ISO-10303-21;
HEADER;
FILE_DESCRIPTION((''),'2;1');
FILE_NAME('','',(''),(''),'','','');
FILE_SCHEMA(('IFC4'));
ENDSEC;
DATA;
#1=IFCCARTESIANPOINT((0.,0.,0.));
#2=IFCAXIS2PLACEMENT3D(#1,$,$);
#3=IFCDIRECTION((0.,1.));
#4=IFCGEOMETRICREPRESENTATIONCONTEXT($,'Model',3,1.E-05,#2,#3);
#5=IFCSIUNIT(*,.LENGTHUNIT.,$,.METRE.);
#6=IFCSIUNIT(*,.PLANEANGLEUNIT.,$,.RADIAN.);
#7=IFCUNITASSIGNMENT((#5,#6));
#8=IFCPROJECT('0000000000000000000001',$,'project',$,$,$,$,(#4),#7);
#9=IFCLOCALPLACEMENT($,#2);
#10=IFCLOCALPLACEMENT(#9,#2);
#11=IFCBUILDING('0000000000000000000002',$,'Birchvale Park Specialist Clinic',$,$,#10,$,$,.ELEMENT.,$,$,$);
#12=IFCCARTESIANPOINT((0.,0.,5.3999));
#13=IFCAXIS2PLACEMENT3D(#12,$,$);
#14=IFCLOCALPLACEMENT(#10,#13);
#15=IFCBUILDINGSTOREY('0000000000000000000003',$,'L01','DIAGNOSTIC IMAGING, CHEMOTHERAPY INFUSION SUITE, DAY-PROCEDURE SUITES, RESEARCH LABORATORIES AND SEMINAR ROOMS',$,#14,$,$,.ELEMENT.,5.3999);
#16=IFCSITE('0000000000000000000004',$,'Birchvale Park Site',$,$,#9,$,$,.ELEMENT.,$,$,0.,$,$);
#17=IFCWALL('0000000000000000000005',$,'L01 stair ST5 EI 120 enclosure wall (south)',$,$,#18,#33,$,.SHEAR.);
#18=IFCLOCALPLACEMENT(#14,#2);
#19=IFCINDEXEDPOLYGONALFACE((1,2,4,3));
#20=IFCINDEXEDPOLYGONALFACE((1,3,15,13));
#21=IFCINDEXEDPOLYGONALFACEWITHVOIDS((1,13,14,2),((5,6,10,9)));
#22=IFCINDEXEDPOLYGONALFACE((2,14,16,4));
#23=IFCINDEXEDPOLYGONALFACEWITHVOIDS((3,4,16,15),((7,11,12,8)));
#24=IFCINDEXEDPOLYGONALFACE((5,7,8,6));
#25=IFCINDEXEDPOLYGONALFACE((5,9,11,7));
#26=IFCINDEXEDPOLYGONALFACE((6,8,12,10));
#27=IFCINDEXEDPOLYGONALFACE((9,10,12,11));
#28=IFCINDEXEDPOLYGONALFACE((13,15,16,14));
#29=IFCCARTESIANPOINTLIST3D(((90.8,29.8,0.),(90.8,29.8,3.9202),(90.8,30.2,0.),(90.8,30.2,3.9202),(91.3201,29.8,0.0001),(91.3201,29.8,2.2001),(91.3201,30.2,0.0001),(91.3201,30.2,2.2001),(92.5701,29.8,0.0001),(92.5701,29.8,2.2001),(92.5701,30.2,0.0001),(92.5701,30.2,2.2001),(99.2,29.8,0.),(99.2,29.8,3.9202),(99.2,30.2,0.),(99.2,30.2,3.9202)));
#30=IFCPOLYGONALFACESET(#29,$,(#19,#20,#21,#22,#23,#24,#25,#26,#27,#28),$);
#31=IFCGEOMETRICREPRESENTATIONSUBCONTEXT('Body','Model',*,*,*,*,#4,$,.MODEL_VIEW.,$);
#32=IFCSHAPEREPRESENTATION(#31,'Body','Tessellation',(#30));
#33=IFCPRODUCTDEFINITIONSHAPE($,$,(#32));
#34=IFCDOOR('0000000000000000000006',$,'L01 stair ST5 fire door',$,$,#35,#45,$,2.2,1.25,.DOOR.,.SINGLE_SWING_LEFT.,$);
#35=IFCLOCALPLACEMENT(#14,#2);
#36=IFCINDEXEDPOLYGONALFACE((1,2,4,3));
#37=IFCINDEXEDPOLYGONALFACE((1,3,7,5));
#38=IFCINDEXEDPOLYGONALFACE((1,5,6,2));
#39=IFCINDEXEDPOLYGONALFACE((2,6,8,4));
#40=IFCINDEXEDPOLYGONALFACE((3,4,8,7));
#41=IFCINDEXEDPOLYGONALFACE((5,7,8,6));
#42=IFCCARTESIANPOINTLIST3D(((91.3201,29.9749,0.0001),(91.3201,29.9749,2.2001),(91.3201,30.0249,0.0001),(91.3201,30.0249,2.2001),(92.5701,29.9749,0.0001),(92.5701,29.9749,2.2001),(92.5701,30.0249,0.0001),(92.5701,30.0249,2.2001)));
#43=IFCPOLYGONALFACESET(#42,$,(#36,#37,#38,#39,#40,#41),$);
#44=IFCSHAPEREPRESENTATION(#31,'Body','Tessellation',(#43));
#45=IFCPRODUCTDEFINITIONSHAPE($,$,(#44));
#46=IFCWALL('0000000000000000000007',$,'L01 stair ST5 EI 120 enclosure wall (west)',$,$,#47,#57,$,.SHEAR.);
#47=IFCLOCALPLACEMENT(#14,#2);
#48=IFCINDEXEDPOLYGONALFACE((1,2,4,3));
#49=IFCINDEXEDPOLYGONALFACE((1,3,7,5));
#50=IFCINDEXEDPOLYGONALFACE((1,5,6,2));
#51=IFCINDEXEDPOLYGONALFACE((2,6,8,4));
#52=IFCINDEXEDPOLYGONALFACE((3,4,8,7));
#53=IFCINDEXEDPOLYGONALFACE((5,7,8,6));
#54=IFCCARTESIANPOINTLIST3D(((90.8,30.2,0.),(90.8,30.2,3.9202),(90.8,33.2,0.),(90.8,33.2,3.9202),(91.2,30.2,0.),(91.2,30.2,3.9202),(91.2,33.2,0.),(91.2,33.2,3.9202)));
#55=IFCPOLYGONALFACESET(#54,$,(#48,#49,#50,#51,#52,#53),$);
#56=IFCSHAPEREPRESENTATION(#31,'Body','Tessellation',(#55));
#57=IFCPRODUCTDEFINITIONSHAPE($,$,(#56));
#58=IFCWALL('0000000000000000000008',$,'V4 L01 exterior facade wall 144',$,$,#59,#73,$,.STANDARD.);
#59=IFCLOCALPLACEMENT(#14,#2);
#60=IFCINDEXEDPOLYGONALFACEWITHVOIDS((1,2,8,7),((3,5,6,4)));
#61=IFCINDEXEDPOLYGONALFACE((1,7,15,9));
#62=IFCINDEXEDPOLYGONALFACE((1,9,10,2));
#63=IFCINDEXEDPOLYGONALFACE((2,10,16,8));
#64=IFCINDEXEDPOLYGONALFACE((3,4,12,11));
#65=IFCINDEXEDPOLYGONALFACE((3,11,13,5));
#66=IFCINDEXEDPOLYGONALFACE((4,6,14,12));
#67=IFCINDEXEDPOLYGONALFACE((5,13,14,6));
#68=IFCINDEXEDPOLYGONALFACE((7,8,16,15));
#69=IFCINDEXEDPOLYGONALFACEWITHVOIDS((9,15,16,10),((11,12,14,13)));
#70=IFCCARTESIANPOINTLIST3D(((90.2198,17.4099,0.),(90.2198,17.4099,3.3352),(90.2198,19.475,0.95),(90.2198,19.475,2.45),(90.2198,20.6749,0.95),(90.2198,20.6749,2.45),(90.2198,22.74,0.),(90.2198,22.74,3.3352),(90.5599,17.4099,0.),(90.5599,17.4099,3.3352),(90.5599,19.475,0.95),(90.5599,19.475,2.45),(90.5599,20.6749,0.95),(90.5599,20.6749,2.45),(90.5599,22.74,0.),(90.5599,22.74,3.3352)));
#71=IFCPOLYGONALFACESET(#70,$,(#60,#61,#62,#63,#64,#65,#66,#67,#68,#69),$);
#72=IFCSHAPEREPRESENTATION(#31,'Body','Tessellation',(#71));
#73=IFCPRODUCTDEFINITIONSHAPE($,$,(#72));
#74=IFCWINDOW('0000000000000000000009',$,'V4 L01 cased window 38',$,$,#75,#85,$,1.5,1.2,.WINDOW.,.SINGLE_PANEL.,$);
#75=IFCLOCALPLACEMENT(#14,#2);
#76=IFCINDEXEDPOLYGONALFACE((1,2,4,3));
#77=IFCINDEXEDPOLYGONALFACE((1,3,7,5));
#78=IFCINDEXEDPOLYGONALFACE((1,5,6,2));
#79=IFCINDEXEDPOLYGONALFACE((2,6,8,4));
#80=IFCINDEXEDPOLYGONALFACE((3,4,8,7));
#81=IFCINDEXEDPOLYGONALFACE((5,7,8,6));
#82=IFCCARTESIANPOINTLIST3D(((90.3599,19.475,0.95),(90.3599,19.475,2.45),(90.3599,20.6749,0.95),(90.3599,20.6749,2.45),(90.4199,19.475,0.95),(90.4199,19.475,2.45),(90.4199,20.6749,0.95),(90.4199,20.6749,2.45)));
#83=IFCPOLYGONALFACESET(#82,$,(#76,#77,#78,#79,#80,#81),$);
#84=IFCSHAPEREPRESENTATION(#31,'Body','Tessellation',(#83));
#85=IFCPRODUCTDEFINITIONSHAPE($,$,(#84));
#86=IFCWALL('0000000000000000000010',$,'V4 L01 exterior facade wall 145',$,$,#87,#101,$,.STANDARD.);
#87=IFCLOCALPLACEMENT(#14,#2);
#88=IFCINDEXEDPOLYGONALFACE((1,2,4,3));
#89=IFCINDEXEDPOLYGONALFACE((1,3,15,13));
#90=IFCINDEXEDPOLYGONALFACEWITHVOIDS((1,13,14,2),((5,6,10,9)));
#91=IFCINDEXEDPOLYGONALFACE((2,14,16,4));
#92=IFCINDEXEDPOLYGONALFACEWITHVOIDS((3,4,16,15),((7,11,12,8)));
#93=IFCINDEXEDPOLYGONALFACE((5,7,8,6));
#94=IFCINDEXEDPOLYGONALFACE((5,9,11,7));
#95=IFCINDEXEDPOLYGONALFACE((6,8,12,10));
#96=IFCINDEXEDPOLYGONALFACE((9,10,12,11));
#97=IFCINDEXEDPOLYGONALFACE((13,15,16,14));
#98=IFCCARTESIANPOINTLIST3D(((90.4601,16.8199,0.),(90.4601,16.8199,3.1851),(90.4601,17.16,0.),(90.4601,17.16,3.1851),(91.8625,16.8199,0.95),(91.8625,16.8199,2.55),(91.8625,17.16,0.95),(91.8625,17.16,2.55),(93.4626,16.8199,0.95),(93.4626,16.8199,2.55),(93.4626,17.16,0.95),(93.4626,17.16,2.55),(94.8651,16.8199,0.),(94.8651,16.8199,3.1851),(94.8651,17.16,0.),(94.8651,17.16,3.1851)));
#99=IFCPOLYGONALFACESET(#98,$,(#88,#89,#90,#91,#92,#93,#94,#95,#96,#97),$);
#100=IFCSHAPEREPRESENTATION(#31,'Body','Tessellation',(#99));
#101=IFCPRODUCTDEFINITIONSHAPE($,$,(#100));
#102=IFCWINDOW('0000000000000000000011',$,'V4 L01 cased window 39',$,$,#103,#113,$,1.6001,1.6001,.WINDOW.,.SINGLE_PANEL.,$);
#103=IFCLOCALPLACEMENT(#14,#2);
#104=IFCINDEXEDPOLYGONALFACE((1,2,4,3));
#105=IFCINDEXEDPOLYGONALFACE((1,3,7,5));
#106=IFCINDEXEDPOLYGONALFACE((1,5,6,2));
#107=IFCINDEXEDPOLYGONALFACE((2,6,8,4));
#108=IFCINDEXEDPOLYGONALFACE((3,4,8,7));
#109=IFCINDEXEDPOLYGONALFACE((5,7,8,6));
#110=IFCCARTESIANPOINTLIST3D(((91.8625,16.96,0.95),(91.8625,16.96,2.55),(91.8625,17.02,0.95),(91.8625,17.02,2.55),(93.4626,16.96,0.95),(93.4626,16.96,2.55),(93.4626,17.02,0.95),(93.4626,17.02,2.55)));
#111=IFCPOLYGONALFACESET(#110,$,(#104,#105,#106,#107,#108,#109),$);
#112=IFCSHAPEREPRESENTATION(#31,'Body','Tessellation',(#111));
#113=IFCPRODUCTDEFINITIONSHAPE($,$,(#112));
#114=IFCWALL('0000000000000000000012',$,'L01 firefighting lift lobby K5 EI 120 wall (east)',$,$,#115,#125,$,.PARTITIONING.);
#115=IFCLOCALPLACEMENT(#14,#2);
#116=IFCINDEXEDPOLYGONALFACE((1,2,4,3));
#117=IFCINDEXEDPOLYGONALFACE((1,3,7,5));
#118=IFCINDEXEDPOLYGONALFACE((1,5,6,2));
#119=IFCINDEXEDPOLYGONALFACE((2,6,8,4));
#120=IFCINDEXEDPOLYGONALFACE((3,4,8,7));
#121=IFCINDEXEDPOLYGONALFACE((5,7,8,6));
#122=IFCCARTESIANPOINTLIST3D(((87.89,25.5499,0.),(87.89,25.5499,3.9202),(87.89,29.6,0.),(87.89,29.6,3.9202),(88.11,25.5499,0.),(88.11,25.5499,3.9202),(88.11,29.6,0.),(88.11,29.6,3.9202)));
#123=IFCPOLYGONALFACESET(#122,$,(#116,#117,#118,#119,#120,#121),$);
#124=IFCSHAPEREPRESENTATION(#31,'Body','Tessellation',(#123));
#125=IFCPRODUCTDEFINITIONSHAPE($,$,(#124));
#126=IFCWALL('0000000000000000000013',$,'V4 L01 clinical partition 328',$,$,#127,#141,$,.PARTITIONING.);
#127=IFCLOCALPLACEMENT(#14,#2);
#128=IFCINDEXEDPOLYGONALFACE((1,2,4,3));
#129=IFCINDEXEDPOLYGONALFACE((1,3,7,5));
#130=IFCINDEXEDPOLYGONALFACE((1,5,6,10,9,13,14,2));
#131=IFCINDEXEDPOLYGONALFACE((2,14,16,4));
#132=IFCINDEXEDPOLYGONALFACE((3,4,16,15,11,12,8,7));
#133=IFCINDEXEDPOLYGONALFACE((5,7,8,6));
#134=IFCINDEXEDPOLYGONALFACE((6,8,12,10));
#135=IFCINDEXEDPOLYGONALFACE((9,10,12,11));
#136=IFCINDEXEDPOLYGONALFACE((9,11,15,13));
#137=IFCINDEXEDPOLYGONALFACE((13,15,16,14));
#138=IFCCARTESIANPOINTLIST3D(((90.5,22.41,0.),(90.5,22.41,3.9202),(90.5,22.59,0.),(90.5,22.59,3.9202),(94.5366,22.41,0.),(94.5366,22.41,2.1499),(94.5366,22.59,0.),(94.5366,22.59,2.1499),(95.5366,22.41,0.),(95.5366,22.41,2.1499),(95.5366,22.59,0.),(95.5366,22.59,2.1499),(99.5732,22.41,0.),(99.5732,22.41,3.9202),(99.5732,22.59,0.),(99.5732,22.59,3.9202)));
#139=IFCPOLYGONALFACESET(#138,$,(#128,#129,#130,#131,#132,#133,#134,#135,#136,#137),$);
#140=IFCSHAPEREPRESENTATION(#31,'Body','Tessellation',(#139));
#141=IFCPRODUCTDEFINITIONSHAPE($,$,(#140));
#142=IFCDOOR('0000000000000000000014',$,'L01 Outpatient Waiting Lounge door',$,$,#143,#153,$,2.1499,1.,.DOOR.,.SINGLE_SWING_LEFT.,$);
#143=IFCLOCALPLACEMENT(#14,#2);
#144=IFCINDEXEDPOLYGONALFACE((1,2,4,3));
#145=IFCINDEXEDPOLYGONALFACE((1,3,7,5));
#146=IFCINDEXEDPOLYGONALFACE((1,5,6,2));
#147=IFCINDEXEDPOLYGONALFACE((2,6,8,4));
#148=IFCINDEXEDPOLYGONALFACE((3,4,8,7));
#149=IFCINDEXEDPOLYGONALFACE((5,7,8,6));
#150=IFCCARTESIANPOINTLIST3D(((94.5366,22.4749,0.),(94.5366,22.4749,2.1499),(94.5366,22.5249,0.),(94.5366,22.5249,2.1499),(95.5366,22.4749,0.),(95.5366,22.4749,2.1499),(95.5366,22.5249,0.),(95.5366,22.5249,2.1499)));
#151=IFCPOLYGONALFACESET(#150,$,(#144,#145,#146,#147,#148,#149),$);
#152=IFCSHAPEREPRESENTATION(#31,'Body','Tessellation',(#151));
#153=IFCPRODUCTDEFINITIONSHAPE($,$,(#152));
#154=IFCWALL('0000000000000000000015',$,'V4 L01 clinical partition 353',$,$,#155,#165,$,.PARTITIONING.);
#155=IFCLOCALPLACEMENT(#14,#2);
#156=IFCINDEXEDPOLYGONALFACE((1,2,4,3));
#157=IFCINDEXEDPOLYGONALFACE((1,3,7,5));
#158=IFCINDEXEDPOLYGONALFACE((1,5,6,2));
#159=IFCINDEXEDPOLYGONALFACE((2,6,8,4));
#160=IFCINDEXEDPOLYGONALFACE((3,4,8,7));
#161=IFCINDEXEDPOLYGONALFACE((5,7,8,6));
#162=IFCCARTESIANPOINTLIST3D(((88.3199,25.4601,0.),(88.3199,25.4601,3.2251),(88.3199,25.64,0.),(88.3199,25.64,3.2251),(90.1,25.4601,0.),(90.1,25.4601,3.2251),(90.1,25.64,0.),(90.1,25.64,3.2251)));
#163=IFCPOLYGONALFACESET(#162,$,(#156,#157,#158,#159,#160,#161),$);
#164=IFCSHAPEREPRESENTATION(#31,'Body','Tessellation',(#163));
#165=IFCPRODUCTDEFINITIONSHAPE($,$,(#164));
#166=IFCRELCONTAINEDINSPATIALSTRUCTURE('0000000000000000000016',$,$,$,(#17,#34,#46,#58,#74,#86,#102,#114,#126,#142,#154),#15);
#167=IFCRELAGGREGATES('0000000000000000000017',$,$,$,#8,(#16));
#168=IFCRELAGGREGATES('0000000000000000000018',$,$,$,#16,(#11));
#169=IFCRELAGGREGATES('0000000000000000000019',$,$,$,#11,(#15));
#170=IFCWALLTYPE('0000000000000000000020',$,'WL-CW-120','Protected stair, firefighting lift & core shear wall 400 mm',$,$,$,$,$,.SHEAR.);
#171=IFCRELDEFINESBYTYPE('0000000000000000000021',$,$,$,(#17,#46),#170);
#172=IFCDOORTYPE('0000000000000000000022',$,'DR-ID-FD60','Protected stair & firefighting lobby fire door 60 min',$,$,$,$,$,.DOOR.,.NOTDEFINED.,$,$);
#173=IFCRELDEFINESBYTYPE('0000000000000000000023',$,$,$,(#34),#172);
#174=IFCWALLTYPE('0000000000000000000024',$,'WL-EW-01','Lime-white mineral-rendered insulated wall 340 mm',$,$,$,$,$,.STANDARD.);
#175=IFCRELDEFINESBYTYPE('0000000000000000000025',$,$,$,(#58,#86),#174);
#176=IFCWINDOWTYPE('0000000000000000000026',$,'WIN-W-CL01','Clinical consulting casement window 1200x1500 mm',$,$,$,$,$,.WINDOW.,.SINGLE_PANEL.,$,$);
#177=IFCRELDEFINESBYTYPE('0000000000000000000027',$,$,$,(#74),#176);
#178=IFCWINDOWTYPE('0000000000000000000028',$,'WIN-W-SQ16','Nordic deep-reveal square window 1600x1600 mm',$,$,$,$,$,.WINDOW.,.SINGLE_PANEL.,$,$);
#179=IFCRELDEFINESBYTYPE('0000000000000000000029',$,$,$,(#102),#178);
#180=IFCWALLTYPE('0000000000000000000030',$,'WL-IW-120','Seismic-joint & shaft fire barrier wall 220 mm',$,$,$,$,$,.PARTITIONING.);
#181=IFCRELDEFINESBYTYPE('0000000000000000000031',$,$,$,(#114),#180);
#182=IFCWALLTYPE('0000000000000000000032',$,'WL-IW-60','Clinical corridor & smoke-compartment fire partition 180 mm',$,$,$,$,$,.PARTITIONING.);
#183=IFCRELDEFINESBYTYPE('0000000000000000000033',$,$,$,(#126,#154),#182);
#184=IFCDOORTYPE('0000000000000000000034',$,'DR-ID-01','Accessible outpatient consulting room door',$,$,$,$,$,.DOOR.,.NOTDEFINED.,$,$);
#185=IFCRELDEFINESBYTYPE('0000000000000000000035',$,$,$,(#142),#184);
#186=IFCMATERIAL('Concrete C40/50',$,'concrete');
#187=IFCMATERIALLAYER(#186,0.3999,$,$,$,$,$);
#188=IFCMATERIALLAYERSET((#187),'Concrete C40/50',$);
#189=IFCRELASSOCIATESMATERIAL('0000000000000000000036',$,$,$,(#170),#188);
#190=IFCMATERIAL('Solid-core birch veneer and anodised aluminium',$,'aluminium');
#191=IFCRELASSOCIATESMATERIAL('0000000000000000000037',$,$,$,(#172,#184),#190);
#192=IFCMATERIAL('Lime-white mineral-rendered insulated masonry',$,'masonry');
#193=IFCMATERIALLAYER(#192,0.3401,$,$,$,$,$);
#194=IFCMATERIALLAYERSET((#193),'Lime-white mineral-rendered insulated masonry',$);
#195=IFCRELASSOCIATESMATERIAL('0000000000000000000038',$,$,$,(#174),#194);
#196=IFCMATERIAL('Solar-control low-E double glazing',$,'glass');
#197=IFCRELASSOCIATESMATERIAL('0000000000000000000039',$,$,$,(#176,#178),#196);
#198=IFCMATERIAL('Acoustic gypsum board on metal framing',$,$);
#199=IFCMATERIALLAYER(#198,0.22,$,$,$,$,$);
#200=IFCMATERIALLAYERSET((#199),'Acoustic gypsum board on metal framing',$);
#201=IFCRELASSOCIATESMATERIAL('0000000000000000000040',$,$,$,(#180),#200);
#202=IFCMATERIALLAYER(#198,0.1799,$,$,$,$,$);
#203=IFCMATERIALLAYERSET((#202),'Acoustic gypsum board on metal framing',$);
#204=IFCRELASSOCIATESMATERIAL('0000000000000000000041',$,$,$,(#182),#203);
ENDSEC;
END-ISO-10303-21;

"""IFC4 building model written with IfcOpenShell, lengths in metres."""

from ifc_helpers import new_model, si_unit, direction, frame, frame_2d, origin, place, context, subcontext, project, spatial, rectangle, extrude, material, layer, layer_set, type_object, element, fill, save


model = new_model("IFC4")

# Units and contexts
model_context = context("Model", 3, precision=1e-05, world=origin(), true_north=direction((0.0, 1.0)))
body_context = subcontext(model_context, "Body", "Model", "MODEL_VIEW")
ifc_project = project(units=[si_unit("LENGTHUNIT", "METRE"), si_unit("PLANEANGLEUNIT", "RADIAN")], contexts=[model_context])

# Site, building, storey
site_placement = place(None, origin())
site = spatial("IfcSite", under=ifc_project, at=site_placement, Name="Birchvale Park Site", CompositionType="ELEMENT", RefElevation=0.0)
building_placement = place(site_placement, origin())
building = spatial("IfcBuilding", under=site, at=building_placement, Name="Birchvale Park Specialist Clinic", CompositionType="ELEMENT")
storey_placement = place(building_placement, frame((0.0, 0.0, 5.3999)))
storey = spatial("IfcBuildingStorey", under=building, at=storey_placement, Name="L01", Description="DIAGNOSTIC IMAGING, CHEMOTHERAPY INFUSION SUITE, DAY-PROCEDURE SUITES, RESEARCH LABORATORIES AND SEMINAR ROOMS", CompositionType="ELEMENT", Elevation=5.3999)

# Shared definitions
ifc_material_1 = material(Name="Concrete C40/50", Category="concrete")

# Shared definitions
ifc_material_2 = material(Name="Solar-control low-E double glazing", Category="glass")

# Wall, opening, door
ifc_layer_1 = layer(ifc_material_1, 0.3999)
ifc_layer_set_1 = layer_set([ifc_layer_1], Name="Concrete C40/50")
wall_type_1 = type_object("IfcWallType", Name="WL-CW-120", Description="Protected stair, firefighting lift & core shear wall 400 mm", PredefinedType="SHEAR", material=ifc_layer_set_1)
wall_1_placement = place(storey_placement, frame((90.8, 30.0, 0.0), z_axis=(0.0, 0.0, 1.0), x_axis=(1.0, 0.0, 0.0)))
wall_1 = element("IfcWall", 1, at=wall_1_placement, inside=storey, type_object=wall_type_1, Name="L01 stair ST5 EI 120 enclosure wall (south)", PredefinedType="SHEAR", context=body_context, shape_type="SweptSolid", body=[
    extrude(rectangle(XDim=8.3999, YDim=0.3999, at=frame_2d((4.2, 0.0))), origin(), (0.0, 0.0, 1.0), 3.9202),
])
opening_1_placement = place(wall_1_placement, frame((0.52, 0.0, 0.0)))
opening_1 = element("IfcOpeningElement", 2, at=opening_1_placement, cuts=wall_1, PredefinedType="OPENING", context=body_context, shape_type="SweptSolid", body=[
    extrude(rectangle(XDim=1.25, YDim=2.2, at=frame_2d((0.625, 1.1001))), frame((0.0, 0.21, 0.0), z_axis=(0.0, -1.0, 0.0), x_axis=(1.0, 0.0, 0.0)), (0.0, 0.0, 1.0), 0.4199),
])
ifc_material_3 = material(Name="Solid-core birch veneer and anodised aluminium", Category="aluminium")
door_type_1 = type_object("IfcDoorType", Name="DR-ID-FD60", Description="Protected stair & firefighting lobby fire door 60 min", OperationType="NOTDEFINED", PredefinedType="DOOR", material=ifc_material_3)
door_1_placement = place(opening_1_placement, origin())
door_1 = element("IfcDoor", 3, at=door_1_placement, inside=storey, type_object=door_type_1, Name="L01 stair ST5 fire door", OperationType="SINGLE_SWING_LEFT", OverallHeight=2.2, OverallWidth=1.25, PredefinedType="DOOR", context=body_context, shape_type="SweptSolid", body=[
    extrude(rectangle(XDim=1.25, YDim=2.2, at=frame_2d((0.625, 1.1001))), frame((0.0, 0.0249, 0.0), z_axis=(0.0, -1.0, 0.0), x_axis=(1.0, 0.0, 0.0)), (0.0, 0.0, 1.0), 0.05),
])
fill(opening_1, door_1)

# Wall
wall_2_placement = place(storey_placement, frame((91.0, 30.2, 0.0), z_axis=(0.0, 0.0, 1.0), x_axis=(0.0, 1.0, 0.0)))
element("IfcWall", 4, at=wall_2_placement, inside=storey, type_object=wall_type_1, Name="L01 stair ST5 EI 120 enclosure wall (west)", PredefinedType="SHEAR", context=body_context, shape_type="SweptSolid", body=[
    extrude(rectangle(XDim=3.0, YDim=0.3999, at=frame_2d((1.5, 0.0))), origin(), (0.0, 0.0, 1.0), 3.9202),
])

# Walls, openings, windows
ifc_material_4 = material(Name="Lime-white mineral-rendered insulated masonry", Category="masonry")
ifc_layer_2 = layer(ifc_material_4, 0.3401)
ifc_layer_set_2 = layer_set([ifc_layer_2], Name="Lime-white mineral-rendered insulated masonry")
wall_type_2 = type_object("IfcWallType", Name="WL-EW-01", Description="Lime-white mineral-rendered insulated wall 340 mm", PredefinedType="STANDARD", material=ifc_layer_set_2)
wall_3_placement = place(storey_placement, frame((90.3899, 22.74, 0.0), z_axis=(0.0, 0.0, 1.0), x_axis=(0.0, -1.0, 0.0)))
wall_3 = element("IfcWall", 5, at=wall_3_placement, inside=storey, type_object=wall_type_2, Name="V4 L01 exterior facade wall 144", PredefinedType="STANDARD", context=body_context, shape_type="SweptSolid", body=[
    extrude(rectangle(XDim=5.3301, YDim=0.3401, at=frame_2d((2.665, 0.0))), origin(), (0.0, 0.0, 1.0), 3.3352),
])
opening_2_placement = place(wall_3_placement, frame((2.0649, 0.0, 0.95)))
opening_2 = element("IfcOpeningElement", 6, at=opening_2_placement, cuts=wall_3, PredefinedType="OPENING", context=body_context, shape_type="SweptSolid", body=[
    extrude(rectangle(XDim=1.2, YDim=1.5, at=frame_2d((0.6001, 0.75))), frame((0.0, 0.1802, 0.0), z_axis=(0.0, -1.0, 0.0), x_axis=(1.0, 0.0, 0.0)), (0.0, 0.0, 1.0), 0.3601),
])
window_type_1 = type_object("IfcWindowType", Name="WIN-W-CL01", Description="Clinical consulting casement window 1200x1500 mm", PartitioningType="SINGLE_PANEL", PredefinedType="WINDOW", material=ifc_material_2)
window_1_placement = place(opening_2_placement, origin())
window_1 = element("IfcWindow", 7, at=window_1_placement, inside=storey, type_object=window_type_1, Name="V4 L01 cased window 38", OverallHeight=1.5, OverallWidth=1.2, PartitioningType="SINGLE_PANEL", PredefinedType="WINDOW", context=body_context, shape_type="SweptSolid", body=[
    extrude(rectangle(XDim=1.2, YDim=1.5, at=frame_2d((0.6001, 0.75))), frame((0.0, 0.03, 0.0), z_axis=(0.0, -1.0, 0.0), x_axis=(1.0, 0.0, 0.0)), (0.0, 0.0, 1.0), 0.0601),
])
fill(opening_2, window_1)
wall_4_placement = place(storey_placement, frame((90.46, 16.99, 0.0), z_axis=(0.0, 0.0, 1.0), x_axis=(1.0, 0.0, 0.0)))
wall_4 = element("IfcWall", 8, at=wall_4_placement, inside=storey, type_object=wall_type_2, Name="V4 L01 exterior facade wall 145", PredefinedType="STANDARD", context=body_context, shape_type="SweptSolid", body=[
    extrude(rectangle(XDim=4.405, YDim=0.3401, at=frame_2d((2.2026, 0.0))), origin(), (0.0, 0.0, 1.0), 3.1851),
])
opening_3_placement = place(wall_4_placement, frame((1.4026, 0.0, 0.95)))
opening_3 = element("IfcOpeningElement", 9, at=opening_3_placement, cuts=wall_4, PredefinedType="OPENING", context=body_context, shape_type="SweptSolid", body=[
    extrude(rectangle(XDim=1.6001, YDim=1.6001, at=frame_2d((0.8, 0.8))), frame((0.0, 0.1802, 0.0), z_axis=(0.0, -1.0, 0.0), x_axis=(1.0, 0.0, 0.0)), (0.0, 0.0, 1.0), 0.3601),
])
window_type_2 = type_object("IfcWindowType", Name="WIN-W-SQ16", Description="Nordic deep-reveal square window 1600x1600 mm", PartitioningType="SINGLE_PANEL", PredefinedType="WINDOW", material=ifc_material_2)
window_2_placement = place(opening_3_placement, origin())
window_2 = element("IfcWindow", 10, at=window_2_placement, inside=storey, type_object=window_type_2, Name="V4 L01 cased window 39", OverallHeight=1.6001, OverallWidth=1.6001, PartitioningType="SINGLE_PANEL", PredefinedType="WINDOW", context=body_context, shape_type="SweptSolid", body=[
    extrude(rectangle(XDim=1.6001, YDim=1.6001, at=frame_2d((0.8, 0.8))), frame((0.0, 0.03, 0.0), z_axis=(0.0, -1.0, 0.0), x_axis=(1.0, 0.0, 0.0)), (0.0, 0.0, 1.0), 0.0601),
])
fill(opening_3, window_2)

# Wall
ifc_material_5 = material(Name="Acoustic gypsum board on metal framing")
ifc_layer_3 = layer(ifc_material_5, 0.22)
ifc_layer_set_3 = layer_set([ifc_layer_3], Name="Acoustic gypsum board on metal framing")
wall_type_3 = type_object("IfcWallType", Name="WL-IW-120", Description="Seismic-joint & shaft fire barrier wall 220 mm", PredefinedType="PARTITIONING", material=ifc_layer_set_3)
wall_5_placement = place(storey_placement, frame((88.0, 25.55, 0.0), z_axis=(0.0, 0.0, 1.0), x_axis=(0.0, 1.0, 0.0)))
element("IfcWall", 11, at=wall_5_placement, inside=storey, type_object=wall_type_3, Name="L01 firefighting lift lobby K5 EI 120 wall (east)", PredefinedType="PARTITIONING", context=body_context, shape_type="SweptSolid", body=[
    extrude(rectangle(XDim=4.05, YDim=0.22, at=frame_2d((2.0249, 0.0))), origin(), (0.0, 0.0, 1.0), 3.9202),
])

# Wall, opening, door
ifc_layer_4 = layer(ifc_material_5, 0.1799)
ifc_layer_set_4 = layer_set([ifc_layer_4], Name="Acoustic gypsum board on metal framing")
wall_type_4 = type_object("IfcWallType", Name="WL-IW-60", Description="Clinical corridor & smoke-compartment fire partition 180 mm", PredefinedType="PARTITIONING", material=ifc_layer_set_4)
wall_6_placement = place(storey_placement, frame((90.5, 22.5, 0.0), z_axis=(0.0, 0.0, 1.0), x_axis=(1.0, 0.0, 0.0)))
wall_6 = element("IfcWall", 12, at=wall_6_placement, inside=storey, type_object=wall_type_4, Name="V4 L01 clinical partition 328", PredefinedType="PARTITIONING", context=body_context, shape_type="SweptSolid", body=[
    extrude(rectangle(XDim=9.0732, YDim=0.1799, at=frame_2d((4.5366, 0.0))), origin(), (0.0, 0.0, 1.0), 3.9202),
])
opening_4_placement = place(wall_6_placement, frame((4.0366, 0.0, 0.0)))
opening_4 = element("IfcOpeningElement", 13, at=opening_4_placement, cuts=wall_6, PredefinedType="OPENING", context=body_context, shape_type="SweptSolid", body=[
    extrude(rectangle(XDim=1.0, YDim=2.1499, at=frame_2d((0.5, 1.075))), frame((0.0, 0.1001, 0.0), z_axis=(0.0, -1.0, 0.0), x_axis=(1.0, 0.0, 0.0)), (0.0, 0.0, 1.0), 0.2),
])
door_type_2 = type_object("IfcDoorType", Name="DR-ID-01", Description="Accessible outpatient consulting room door", OperationType="NOTDEFINED", PredefinedType="DOOR", material=ifc_material_3)
door_2_placement = place(opening_4_placement, origin())
door_2 = element("IfcDoor", 14, at=door_2_placement, inside=storey, type_object=door_type_2, Name="L01 Outpatient Waiting Lounge door", OperationType="SINGLE_SWING_LEFT", OverallHeight=2.1499, OverallWidth=1.0, PredefinedType="DOOR", context=body_context, shape_type="SweptSolid", body=[
    extrude(rectangle(XDim=1.0, YDim=2.1499, at=frame_2d((0.5, 1.075))), frame((0.0, 0.0249, 0.0), z_axis=(0.0, -1.0, 0.0), x_axis=(1.0, 0.0, 0.0)), (0.0, 0.0, 1.0), 0.05),
])
fill(opening_4, door_2)

# Wall
wall_7_placement = place(storey_placement, frame((90.1001, 25.55, 0.0), z_axis=(0.0, 0.0, 1.0), x_axis=(-1.0, 0.0, 0.0)))
element("IfcWall", 15, at=wall_7_placement, inside=storey, type_object=wall_type_4, Name="V4 L01 clinical partition 353", PredefinedType="PARTITIONING", context=body_context, shape_type="SweptSolid", body=[
    extrude(rectangle(XDim=1.78, YDim=0.1799, at=frame_2d((0.8901, 0.0))), origin(), (0.0, 0.0, 1.0), 3.2251),
])

save(model, "model.ifc")
